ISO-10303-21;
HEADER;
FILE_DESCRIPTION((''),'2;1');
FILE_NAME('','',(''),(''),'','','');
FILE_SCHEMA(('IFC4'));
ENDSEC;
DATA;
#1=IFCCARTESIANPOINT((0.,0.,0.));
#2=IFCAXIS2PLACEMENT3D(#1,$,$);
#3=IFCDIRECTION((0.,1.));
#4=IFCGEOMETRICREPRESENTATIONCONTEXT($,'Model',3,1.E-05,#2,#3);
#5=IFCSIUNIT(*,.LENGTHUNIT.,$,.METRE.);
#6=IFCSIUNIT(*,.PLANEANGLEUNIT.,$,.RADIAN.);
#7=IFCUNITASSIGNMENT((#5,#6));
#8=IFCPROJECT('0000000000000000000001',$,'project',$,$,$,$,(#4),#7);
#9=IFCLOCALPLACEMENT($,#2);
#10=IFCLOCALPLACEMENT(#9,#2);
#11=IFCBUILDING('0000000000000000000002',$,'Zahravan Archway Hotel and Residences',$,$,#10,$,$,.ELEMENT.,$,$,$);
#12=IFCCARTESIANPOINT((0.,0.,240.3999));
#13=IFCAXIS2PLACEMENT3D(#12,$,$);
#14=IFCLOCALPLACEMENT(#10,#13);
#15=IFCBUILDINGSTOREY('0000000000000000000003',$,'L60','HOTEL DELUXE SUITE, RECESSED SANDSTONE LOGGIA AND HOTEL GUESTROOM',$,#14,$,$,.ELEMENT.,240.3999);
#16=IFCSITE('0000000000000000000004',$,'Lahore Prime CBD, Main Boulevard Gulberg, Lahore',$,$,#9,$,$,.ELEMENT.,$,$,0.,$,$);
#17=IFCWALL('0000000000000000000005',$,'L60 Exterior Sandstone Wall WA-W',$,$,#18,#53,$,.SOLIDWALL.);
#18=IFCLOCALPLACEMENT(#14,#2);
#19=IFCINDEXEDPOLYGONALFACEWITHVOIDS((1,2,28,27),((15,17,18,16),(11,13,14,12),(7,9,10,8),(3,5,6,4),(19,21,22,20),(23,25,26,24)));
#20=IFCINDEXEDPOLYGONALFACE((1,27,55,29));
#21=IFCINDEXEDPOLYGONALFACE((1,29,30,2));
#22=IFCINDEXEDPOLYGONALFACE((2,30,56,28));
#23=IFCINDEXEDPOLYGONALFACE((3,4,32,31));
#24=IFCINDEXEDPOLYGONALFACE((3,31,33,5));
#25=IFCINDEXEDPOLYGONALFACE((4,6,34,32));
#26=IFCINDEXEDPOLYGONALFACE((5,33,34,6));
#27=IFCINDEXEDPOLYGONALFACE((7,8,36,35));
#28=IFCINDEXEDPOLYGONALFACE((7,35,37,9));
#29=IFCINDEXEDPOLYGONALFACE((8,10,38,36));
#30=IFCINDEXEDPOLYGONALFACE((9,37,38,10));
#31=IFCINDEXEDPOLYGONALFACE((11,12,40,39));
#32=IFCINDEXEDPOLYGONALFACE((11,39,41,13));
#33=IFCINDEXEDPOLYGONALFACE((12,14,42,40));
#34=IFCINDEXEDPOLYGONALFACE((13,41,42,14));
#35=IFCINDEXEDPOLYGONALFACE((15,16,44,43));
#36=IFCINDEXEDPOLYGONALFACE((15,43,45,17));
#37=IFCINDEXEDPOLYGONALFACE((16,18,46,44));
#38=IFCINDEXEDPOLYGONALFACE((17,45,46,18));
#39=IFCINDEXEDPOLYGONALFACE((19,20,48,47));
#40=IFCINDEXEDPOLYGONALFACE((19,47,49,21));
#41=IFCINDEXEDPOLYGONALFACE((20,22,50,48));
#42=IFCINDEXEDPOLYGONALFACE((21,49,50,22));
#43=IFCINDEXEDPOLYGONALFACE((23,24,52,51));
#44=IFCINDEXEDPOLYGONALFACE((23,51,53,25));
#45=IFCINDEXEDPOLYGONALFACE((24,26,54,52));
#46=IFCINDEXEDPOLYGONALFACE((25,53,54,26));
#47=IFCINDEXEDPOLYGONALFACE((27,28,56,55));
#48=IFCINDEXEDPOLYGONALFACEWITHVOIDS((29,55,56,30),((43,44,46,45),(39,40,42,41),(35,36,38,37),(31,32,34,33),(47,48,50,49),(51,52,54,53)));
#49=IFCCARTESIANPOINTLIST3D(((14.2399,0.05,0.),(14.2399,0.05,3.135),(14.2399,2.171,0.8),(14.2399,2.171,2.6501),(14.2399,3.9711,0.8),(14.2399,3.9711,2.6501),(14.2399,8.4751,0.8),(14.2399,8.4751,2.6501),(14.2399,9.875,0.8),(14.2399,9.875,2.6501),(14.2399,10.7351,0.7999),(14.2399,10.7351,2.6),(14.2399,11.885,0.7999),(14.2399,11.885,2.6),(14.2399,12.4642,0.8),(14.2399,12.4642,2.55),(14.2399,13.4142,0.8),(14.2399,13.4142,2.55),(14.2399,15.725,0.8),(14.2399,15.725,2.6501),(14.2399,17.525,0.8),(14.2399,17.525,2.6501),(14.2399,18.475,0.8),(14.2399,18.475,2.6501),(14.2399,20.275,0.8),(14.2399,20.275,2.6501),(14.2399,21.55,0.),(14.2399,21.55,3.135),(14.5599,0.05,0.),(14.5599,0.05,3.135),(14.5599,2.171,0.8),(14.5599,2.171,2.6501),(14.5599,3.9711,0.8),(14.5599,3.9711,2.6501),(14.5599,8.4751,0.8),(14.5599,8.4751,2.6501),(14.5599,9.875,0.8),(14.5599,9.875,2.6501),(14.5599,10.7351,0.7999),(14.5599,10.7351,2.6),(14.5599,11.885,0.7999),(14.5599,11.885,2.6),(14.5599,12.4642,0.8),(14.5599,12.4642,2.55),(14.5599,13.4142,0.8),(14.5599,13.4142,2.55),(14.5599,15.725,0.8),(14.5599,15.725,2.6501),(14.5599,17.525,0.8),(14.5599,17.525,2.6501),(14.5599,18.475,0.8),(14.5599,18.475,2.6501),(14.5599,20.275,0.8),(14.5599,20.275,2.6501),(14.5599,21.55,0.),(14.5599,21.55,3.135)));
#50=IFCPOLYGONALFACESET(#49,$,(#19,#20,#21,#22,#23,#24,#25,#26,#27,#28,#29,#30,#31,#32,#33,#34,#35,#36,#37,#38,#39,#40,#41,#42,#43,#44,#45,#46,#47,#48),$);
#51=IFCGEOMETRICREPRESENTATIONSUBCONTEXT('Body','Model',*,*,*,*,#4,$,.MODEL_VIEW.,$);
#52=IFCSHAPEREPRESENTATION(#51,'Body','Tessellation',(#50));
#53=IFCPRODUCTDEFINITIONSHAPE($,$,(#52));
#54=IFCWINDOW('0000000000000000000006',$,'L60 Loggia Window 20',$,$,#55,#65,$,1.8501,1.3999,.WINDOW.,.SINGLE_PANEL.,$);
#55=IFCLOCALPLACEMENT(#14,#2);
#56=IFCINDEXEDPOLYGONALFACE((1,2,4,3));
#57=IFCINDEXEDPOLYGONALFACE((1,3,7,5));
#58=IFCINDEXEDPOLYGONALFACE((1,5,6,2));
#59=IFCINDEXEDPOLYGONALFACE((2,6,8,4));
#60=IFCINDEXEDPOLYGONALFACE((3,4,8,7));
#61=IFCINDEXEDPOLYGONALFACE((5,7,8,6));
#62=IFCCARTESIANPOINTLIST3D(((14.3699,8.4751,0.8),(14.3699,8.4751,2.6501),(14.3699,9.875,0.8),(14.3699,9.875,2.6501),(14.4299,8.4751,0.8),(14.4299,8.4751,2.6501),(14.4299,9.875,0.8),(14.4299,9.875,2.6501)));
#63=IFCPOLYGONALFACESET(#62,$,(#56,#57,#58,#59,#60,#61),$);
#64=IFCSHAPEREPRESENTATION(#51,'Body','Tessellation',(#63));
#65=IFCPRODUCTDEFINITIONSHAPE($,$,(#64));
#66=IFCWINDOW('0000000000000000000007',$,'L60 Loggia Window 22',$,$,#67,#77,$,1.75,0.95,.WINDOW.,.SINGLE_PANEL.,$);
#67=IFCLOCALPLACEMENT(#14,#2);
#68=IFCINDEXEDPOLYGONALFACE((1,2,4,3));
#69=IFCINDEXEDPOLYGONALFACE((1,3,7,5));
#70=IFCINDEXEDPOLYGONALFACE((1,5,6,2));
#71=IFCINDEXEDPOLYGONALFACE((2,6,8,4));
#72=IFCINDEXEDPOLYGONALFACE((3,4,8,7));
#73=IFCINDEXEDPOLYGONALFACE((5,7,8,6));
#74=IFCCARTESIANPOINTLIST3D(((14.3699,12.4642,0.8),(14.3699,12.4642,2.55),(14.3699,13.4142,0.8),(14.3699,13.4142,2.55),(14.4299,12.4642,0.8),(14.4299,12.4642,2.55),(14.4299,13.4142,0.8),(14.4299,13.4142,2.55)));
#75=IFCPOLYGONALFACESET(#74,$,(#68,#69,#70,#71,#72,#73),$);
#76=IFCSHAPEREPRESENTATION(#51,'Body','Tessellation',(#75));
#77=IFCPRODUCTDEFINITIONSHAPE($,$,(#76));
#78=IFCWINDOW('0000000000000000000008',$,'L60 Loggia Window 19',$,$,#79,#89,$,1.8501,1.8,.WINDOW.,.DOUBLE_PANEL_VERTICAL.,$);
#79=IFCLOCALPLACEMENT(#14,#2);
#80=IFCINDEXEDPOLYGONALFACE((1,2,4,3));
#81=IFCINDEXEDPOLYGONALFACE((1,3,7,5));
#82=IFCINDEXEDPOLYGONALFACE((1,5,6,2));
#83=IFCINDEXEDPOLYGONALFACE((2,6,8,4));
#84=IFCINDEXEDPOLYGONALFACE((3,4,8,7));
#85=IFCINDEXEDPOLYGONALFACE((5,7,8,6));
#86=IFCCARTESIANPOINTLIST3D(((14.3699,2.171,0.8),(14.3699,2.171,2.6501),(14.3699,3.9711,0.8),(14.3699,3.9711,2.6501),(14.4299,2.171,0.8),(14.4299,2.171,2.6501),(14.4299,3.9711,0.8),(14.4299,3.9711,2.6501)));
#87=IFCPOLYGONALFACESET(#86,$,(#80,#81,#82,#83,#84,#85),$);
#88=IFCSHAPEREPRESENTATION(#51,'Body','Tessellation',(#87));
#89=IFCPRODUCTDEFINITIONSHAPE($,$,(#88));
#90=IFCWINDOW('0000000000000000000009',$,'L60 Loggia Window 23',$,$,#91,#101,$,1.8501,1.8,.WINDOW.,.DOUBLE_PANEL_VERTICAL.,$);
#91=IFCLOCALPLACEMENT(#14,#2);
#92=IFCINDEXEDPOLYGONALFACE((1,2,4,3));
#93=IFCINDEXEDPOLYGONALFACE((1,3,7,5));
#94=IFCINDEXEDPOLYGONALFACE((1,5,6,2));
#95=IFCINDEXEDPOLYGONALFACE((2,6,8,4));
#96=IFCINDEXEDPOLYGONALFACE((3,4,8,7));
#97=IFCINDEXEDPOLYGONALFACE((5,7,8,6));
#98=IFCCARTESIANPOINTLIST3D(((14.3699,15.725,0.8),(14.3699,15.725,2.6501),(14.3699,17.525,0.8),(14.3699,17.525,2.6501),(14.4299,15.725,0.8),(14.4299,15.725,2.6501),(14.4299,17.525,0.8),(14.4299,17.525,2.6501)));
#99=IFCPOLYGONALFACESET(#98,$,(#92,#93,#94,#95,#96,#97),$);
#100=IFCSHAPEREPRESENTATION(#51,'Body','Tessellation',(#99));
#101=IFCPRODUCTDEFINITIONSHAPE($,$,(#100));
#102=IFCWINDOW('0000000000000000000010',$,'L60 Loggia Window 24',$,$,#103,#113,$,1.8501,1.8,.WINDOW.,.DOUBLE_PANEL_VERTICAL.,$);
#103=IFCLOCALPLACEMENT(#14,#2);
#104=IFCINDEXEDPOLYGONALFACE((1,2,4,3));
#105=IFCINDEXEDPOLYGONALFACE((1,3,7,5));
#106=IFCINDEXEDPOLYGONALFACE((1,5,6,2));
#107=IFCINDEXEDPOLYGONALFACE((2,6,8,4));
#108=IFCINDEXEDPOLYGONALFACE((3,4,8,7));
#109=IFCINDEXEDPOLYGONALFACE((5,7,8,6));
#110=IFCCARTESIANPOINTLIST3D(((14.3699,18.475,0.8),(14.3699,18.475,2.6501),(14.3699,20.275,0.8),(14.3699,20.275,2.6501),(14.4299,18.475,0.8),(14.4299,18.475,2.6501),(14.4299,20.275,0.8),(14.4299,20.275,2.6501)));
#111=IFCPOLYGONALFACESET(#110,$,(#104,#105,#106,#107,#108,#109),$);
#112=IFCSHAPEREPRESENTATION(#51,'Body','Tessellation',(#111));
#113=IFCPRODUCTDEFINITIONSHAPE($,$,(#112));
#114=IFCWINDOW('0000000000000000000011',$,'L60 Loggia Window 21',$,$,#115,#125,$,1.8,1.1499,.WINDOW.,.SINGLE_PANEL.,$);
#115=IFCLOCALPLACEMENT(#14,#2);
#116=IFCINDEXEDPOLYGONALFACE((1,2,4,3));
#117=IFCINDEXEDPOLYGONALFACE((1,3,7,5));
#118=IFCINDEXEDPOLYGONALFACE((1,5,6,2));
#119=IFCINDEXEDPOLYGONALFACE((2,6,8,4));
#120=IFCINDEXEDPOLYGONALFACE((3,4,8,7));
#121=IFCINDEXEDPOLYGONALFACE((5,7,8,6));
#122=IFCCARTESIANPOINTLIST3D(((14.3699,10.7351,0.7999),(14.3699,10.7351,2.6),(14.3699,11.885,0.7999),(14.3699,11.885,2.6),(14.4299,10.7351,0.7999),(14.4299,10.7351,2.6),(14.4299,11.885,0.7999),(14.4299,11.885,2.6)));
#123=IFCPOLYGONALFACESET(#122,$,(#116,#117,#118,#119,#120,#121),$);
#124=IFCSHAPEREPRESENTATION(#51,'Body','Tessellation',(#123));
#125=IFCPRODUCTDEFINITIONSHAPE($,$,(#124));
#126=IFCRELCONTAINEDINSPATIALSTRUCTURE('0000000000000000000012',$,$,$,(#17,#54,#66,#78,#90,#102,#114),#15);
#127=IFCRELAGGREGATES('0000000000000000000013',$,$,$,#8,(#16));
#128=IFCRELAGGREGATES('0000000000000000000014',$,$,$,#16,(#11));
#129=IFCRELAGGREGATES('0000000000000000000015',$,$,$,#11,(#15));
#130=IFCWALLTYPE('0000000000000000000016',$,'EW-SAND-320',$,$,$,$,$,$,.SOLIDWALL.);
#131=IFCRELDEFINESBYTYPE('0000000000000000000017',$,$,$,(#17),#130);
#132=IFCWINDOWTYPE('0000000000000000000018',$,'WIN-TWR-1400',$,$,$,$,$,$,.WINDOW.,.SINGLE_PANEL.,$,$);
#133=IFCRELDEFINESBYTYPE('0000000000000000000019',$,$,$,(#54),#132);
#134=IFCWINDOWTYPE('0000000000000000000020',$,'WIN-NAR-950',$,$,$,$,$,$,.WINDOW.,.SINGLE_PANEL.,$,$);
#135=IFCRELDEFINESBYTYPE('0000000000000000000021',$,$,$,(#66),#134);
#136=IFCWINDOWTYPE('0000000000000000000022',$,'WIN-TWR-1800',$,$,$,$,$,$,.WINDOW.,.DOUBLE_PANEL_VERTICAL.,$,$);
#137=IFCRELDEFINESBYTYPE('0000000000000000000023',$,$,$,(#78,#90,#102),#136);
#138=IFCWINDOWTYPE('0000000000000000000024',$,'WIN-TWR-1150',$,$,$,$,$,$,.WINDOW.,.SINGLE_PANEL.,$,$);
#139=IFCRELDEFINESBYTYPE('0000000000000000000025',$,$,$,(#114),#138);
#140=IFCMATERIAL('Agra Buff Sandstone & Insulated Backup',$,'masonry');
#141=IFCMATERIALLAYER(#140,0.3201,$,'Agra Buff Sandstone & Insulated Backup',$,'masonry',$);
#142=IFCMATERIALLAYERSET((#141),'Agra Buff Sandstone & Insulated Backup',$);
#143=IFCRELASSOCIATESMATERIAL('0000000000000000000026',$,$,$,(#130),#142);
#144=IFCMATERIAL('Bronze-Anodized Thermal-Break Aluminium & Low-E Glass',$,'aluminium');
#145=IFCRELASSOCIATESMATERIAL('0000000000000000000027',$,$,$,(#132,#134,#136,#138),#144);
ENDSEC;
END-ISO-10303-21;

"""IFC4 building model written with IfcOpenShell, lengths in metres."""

from ifc_helpers import new_model, si_unit, direction, frame, frame_2d, origin, place, context, subcontext, project, spatial, rectangle, extrude, source, transform, mapped, material, layer, layer_set, type_object, type_shapes, element, fill, save


model = new_model("IFC4")

# Units and contexts
model_context = context("Model", 3, precision=1e-05, world=origin(), true_north=direction((0.0, 1.0)))
body_context = subcontext(model_context, "Body", "Model", "MODEL_VIEW")
ifc_project = project(units=[si_unit("LENGTHUNIT", "METRE"), si_unit("PLANEANGLEUNIT", "RADIAN")], contexts=[model_context])

# Site, building, storey
site_placement = place(None, origin())
site = spatial("IfcSite", under=ifc_project, at=site_placement, Name="Lahore Prime CBD, Main Boulevard Gulberg, Lahore", CompositionType="ELEMENT", RefElevation=0.0)
building_placement = place(site_placement, origin())
building = spatial("IfcBuilding", under=site, at=building_placement, Name="Zahravan Archway Hotel and Residences", CompositionType="ELEMENT")
storey_placement = place(building_placement, frame((0.0, 0.0, 240.3999)))
storey = spatial("IfcBuildingStorey", under=building, at=storey_placement, Name="L60", Description="HOTEL DELUXE SUITE, RECESSED SANDSTONE LOGGIA AND HOTEL GUESTROOM", CompositionType="ELEMENT", Elevation=240.3999)

# Wall, openings, windows
ifc_material_1 = material(Name="Agra Buff Sandstone & Insulated Backup", Category="masonry")
ifc_layer_1 = layer(ifc_material_1, 0.3201, Name="Agra Buff Sandstone & Insulated Backup", Category="masonry")
ifc_layer_set_1 = layer_set([ifc_layer_1], Name="Agra Buff Sandstone & Insulated Backup")
wall_type_1 = type_object("IfcWallType", Name="EW-SAND-320", PredefinedType="SOLIDWALL", material=ifc_layer_set_1)
wall_1_placement = place(storey_placement, frame((14.3999, 0.05, 0.0), z_axis=(0.0, 0.0, 1.0), x_axis=(0.0, 1.0, 0.0)))
wall_1 = element("IfcWall", 1, at=wall_1_placement, inside=storey, type_object=wall_type_1, Name="L60 Exterior Sandstone Wall WA-W", PredefinedType="SOLIDWALL", context=body_context, shape_type="SweptSolid", body=[
    extrude(rectangle(XDim=21.5, YDim=0.3201, at=frame_2d((10.75, 0.0))), origin(), (0.0, 0.0, 1.0), 3.135),
])
opening_1_placement = place(wall_1_placement, frame((2.1211, 0.0, 0.8)))
opening_1 = element("IfcOpeningElement", 2, at=opening_1_placement, cuts=wall_1, PredefinedType="OPENING", context=body_context, shape_type="SweptSolid", body=[
    extrude(rectangle(XDim=1.8, YDim=1.8501, at=frame_2d((0.8999, 0.925))), frame((0.0, 0.1699, 0.0), z_axis=(0.0, -1.0, 0.0), x_axis=(1.0, 0.0, 0.0)), (0.0, 0.0, 1.0), 0.3401),
])
opening_2_placement = place(wall_1_placement, frame((8.425, 0.0, 0.8)))
opening_2 = element("IfcOpeningElement", 3, at=opening_2_placement, cuts=wall_1, PredefinedType="OPENING", context=body_context, shape_type="SweptSolid", body=[
    extrude(rectangle(XDim=1.3999, YDim=1.8501, at=frame_2d((0.7, 0.925))), frame((0.0, 0.1699, 0.0), z_axis=(0.0, -1.0, 0.0), x_axis=(1.0, 0.0, 0.0)), (0.0, 0.0, 1.0), 0.3401),
])
opening_3_placement = place(wall_1_placement, frame((10.6851, 0.0, 0.8)))
opening_3 = element("IfcOpeningElement", 4, at=opening_3_placement, cuts=wall_1, PredefinedType="OPENING", context=body_context, shape_type="SweptSolid", body=[
    extrude(rectangle(XDim=1.1499, YDim=1.8, at=frame_2d((0.575, 0.8999))), frame((0.0, 0.1699, 0.0), z_axis=(0.0, -1.0, 0.0), x_axis=(1.0, 0.0, 0.0)), (0.0, 0.0, 1.0), 0.3401),
])
opening_4_placement = place(wall_1_placement, frame((12.4141, 0.0, 0.8)))
opening_4 = element("IfcOpeningElement", 5, at=opening_4_placement, cuts=wall_1, PredefinedType="OPENING", context=body_context, shape_type="SweptSolid", body=[
    extrude(rectangle(XDim=0.95, YDim=1.75, at=frame_2d((0.4751, 0.875))), frame((0.0, 0.1699, 0.0), z_axis=(0.0, -1.0, 0.0), x_axis=(1.0, 0.0, 0.0)), (0.0, 0.0, 1.0), 0.3401),
])
opening_5_placement = place(wall_1_placement, frame((15.675, 0.0, 0.8)))
opening_5 = element("IfcOpeningElement", 6, at=opening_5_placement, cuts=wall_1, PredefinedType="OPENING", context=body_context, shape_type="SweptSolid", body=[
    extrude(rectangle(XDim=1.8, YDim=1.8501, at=frame_2d((0.8999, 0.925))), frame((0.0, 0.1699, 0.0), z_axis=(0.0, -1.0, 0.0), x_axis=(1.0, 0.0, 0.0)), (0.0, 0.0, 1.0), 0.3401),
])
opening_6_placement = place(wall_1_placement, frame((18.425, 0.0, 0.8)))
opening_6 = element("IfcOpeningElement", 7, at=opening_6_placement, cuts=wall_1, PredefinedType="OPENING", context=body_context, shape_type="SweptSolid", body=[
    extrude(rectangle(XDim=1.8, YDim=1.8501, at=frame_2d((0.8999, 0.925))), frame((0.0, 0.1699, 0.0), z_axis=(0.0, -1.0, 0.0), x_axis=(1.0, 0.0, 0.0)), (0.0, 0.0, 1.0), 0.3401),
])
ifc_material_2 = material(Name="Bronze-Anodized Thermal-Break Aluminium & Low-E Glass", Category="aluminium")
window_type_1 = type_object("IfcWindowType", Name="WIN-TWR-1400", PartitioningType="SINGLE_PANEL", PredefinedType="WINDOW", material=ifc_material_2)
shared_shape_1 = source(origin(), body_context, "Body", "SweptSolid", [
    extrude(rectangle(XDim=1.3999, YDim=1.8501, at=frame_2d((0.7, 0.925))), frame((0.0, 0.03, 0.0), z_axis=(0.0, -1.0, 0.0), x_axis=(1.0, 0.0, 0.0)), (0.0, 0.0, 1.0), 0.0601),
])
type_shapes(window_type_1, [shared_shape_1])
window_1_placement = place(opening_2_placement, origin())
window_1 = element("IfcWindow", 8, at=window_1_placement, inside=storey, type_object=window_type_1, Name="L60 Loggia Window 20", OverallHeight=1.8501, OverallWidth=1.3999, PartitioningType="SINGLE_PANEL", PredefinedType="WINDOW", context=body_context, shape_type="MappedRepresentation", body=[
    mapped(shared_shape_1, transform((0.0, 0.0, 0.0), scale=1.0)),
])
fill(opening_2, window_1)
window_type_2 = type_object("IfcWindowType", Name="WIN-NAR-950", PartitioningType="SINGLE_PANEL", PredefinedType="WINDOW", material=ifc_material_2)
shared_shape_2 = source(origin(), body_context, "Body", "SweptSolid", [
    extrude(rectangle(XDim=0.95, YDim=1.75, at=frame_2d((0.4751, 0.875))), frame((0.0, 0.03, 0.0), z_axis=(0.0, -1.0, 0.0), x_axis=(1.0, 0.0, 0.0)), (0.0, 0.0, 1.0), 0.0601),
])
type_shapes(window_type_2, [shared_shape_2])
window_2_placement = place(opening_4_placement, origin())
window_2 = element("IfcWindow", 9, at=window_2_placement, inside=storey, type_object=window_type_2, Name="L60 Loggia Window 22", OverallHeight=1.75, OverallWidth=0.95, PartitioningType="SINGLE_PANEL", PredefinedType="WINDOW", context=body_context, shape_type="MappedRepresentation", body=[
    mapped(shared_shape_2, transform((0.0, 0.0, 0.0), scale=1.0)),
])
fill(opening_4, window_2)
window_type_3 = type_object("IfcWindowType", Name="WIN-TWR-1800", PartitioningType="DOUBLE_PANEL_VERTICAL", PredefinedType="WINDOW", material=ifc_material_2)
shared_shape_3 = source(origin(), body_context, "Body", "SweptSolid", [
    extrude(rectangle(XDim=1.8, YDim=1.8501, at=frame_2d((0.8999, 0.925))), frame((0.0, 0.03, 0.0), z_axis=(0.0, -1.0, 0.0), x_axis=(1.0, 0.0, 0.0)), (0.0, 0.0, 1.0), 0.0601),
])
type_shapes(window_type_3, [shared_shape_3])
window_3_placement = place(opening_1_placement, origin())
window_3 = element("IfcWindow", 10, at=window_3_placement, inside=storey, type_object=window_type_3, Name="L60 Loggia Window 19", OverallHeight=1.8501, OverallWidth=1.8, PartitioningType="DOUBLE_PANEL_VERTICAL", PredefinedType="WINDOW", context=body_context, shape_type="MappedRepresentation", body=[
    mapped(shared_shape_3, transform((0.0, 0.0, 0.0), scale=1.0)),
])
fill(opening_1, window_3)
window_4_placement = place(opening_5_placement, origin())
window_4 = element("IfcWindow", 11, at=window_4_placement, inside=storey, type_object=window_type_3, Name="L60 Loggia Window 23", OverallHeight=1.8501, OverallWidth=1.8, PartitioningType="DOUBLE_PANEL_VERTICAL", PredefinedType="WINDOW", context=body_context, shape_type="MappedRepresentation", body=[
    mapped(shared_shape_3, transform((0.0, 0.0, 0.0), scale=1.0)),
])
fill(opening_5, window_4)
window_5_placement = place(opening_6_placement, origin())
window_5 = element("IfcWindow", 12, at=window_5_placement, inside=storey, type_object=window_type_3, Name="L60 Loggia Window 24", OverallHeight=1.8501, OverallWidth=1.8, PartitioningType="DOUBLE_PANEL_VERTICAL", PredefinedType="WINDOW", context=body_context, shape_type="MappedRepresentation", body=[
    mapped(shared_shape_3, transform((0.0, 0.0, 0.0), scale=1.0)),
])
fill(opening_6, window_5)
window_type_4 = type_object("IfcWindowType", Name="WIN-TWR-1150", PartitioningType="SINGLE_PANEL", PredefinedType="WINDOW", material=ifc_material_2)
shared_shape_4 = source(origin(), body_context, "Body", "SweptSolid", [
    extrude(rectangle(XDim=1.1499, YDim=1.8, at=frame_2d((0.575, 0.8999))), frame((0.0, 0.03, 0.0), z_axis=(0.0, -1.0, 0.0), x_axis=(1.0, 0.0, 0.0)), (0.0, 0.0, 1.0), 0.0601),
])
type_shapes(window_type_4, [shared_shape_4])
window_6_placement = place(opening_3_placement, origin())
window_6 = element("IfcWindow", 13, at=window_6_placement, inside=storey, type_object=window_type_4, Name="L60 Loggia Window 21", OverallHeight=1.8, OverallWidth=1.1499, PartitioningType="SINGLE_PANEL", PredefinedType="WINDOW", context=body_context, shape_type="MappedRepresentation", body=[
    mapped(shared_shape_4, transform((0.0, 0.0, 0.0), scale=1.0)),
])
fill(opening_3, window_6)

save(model, "model.ifc")
